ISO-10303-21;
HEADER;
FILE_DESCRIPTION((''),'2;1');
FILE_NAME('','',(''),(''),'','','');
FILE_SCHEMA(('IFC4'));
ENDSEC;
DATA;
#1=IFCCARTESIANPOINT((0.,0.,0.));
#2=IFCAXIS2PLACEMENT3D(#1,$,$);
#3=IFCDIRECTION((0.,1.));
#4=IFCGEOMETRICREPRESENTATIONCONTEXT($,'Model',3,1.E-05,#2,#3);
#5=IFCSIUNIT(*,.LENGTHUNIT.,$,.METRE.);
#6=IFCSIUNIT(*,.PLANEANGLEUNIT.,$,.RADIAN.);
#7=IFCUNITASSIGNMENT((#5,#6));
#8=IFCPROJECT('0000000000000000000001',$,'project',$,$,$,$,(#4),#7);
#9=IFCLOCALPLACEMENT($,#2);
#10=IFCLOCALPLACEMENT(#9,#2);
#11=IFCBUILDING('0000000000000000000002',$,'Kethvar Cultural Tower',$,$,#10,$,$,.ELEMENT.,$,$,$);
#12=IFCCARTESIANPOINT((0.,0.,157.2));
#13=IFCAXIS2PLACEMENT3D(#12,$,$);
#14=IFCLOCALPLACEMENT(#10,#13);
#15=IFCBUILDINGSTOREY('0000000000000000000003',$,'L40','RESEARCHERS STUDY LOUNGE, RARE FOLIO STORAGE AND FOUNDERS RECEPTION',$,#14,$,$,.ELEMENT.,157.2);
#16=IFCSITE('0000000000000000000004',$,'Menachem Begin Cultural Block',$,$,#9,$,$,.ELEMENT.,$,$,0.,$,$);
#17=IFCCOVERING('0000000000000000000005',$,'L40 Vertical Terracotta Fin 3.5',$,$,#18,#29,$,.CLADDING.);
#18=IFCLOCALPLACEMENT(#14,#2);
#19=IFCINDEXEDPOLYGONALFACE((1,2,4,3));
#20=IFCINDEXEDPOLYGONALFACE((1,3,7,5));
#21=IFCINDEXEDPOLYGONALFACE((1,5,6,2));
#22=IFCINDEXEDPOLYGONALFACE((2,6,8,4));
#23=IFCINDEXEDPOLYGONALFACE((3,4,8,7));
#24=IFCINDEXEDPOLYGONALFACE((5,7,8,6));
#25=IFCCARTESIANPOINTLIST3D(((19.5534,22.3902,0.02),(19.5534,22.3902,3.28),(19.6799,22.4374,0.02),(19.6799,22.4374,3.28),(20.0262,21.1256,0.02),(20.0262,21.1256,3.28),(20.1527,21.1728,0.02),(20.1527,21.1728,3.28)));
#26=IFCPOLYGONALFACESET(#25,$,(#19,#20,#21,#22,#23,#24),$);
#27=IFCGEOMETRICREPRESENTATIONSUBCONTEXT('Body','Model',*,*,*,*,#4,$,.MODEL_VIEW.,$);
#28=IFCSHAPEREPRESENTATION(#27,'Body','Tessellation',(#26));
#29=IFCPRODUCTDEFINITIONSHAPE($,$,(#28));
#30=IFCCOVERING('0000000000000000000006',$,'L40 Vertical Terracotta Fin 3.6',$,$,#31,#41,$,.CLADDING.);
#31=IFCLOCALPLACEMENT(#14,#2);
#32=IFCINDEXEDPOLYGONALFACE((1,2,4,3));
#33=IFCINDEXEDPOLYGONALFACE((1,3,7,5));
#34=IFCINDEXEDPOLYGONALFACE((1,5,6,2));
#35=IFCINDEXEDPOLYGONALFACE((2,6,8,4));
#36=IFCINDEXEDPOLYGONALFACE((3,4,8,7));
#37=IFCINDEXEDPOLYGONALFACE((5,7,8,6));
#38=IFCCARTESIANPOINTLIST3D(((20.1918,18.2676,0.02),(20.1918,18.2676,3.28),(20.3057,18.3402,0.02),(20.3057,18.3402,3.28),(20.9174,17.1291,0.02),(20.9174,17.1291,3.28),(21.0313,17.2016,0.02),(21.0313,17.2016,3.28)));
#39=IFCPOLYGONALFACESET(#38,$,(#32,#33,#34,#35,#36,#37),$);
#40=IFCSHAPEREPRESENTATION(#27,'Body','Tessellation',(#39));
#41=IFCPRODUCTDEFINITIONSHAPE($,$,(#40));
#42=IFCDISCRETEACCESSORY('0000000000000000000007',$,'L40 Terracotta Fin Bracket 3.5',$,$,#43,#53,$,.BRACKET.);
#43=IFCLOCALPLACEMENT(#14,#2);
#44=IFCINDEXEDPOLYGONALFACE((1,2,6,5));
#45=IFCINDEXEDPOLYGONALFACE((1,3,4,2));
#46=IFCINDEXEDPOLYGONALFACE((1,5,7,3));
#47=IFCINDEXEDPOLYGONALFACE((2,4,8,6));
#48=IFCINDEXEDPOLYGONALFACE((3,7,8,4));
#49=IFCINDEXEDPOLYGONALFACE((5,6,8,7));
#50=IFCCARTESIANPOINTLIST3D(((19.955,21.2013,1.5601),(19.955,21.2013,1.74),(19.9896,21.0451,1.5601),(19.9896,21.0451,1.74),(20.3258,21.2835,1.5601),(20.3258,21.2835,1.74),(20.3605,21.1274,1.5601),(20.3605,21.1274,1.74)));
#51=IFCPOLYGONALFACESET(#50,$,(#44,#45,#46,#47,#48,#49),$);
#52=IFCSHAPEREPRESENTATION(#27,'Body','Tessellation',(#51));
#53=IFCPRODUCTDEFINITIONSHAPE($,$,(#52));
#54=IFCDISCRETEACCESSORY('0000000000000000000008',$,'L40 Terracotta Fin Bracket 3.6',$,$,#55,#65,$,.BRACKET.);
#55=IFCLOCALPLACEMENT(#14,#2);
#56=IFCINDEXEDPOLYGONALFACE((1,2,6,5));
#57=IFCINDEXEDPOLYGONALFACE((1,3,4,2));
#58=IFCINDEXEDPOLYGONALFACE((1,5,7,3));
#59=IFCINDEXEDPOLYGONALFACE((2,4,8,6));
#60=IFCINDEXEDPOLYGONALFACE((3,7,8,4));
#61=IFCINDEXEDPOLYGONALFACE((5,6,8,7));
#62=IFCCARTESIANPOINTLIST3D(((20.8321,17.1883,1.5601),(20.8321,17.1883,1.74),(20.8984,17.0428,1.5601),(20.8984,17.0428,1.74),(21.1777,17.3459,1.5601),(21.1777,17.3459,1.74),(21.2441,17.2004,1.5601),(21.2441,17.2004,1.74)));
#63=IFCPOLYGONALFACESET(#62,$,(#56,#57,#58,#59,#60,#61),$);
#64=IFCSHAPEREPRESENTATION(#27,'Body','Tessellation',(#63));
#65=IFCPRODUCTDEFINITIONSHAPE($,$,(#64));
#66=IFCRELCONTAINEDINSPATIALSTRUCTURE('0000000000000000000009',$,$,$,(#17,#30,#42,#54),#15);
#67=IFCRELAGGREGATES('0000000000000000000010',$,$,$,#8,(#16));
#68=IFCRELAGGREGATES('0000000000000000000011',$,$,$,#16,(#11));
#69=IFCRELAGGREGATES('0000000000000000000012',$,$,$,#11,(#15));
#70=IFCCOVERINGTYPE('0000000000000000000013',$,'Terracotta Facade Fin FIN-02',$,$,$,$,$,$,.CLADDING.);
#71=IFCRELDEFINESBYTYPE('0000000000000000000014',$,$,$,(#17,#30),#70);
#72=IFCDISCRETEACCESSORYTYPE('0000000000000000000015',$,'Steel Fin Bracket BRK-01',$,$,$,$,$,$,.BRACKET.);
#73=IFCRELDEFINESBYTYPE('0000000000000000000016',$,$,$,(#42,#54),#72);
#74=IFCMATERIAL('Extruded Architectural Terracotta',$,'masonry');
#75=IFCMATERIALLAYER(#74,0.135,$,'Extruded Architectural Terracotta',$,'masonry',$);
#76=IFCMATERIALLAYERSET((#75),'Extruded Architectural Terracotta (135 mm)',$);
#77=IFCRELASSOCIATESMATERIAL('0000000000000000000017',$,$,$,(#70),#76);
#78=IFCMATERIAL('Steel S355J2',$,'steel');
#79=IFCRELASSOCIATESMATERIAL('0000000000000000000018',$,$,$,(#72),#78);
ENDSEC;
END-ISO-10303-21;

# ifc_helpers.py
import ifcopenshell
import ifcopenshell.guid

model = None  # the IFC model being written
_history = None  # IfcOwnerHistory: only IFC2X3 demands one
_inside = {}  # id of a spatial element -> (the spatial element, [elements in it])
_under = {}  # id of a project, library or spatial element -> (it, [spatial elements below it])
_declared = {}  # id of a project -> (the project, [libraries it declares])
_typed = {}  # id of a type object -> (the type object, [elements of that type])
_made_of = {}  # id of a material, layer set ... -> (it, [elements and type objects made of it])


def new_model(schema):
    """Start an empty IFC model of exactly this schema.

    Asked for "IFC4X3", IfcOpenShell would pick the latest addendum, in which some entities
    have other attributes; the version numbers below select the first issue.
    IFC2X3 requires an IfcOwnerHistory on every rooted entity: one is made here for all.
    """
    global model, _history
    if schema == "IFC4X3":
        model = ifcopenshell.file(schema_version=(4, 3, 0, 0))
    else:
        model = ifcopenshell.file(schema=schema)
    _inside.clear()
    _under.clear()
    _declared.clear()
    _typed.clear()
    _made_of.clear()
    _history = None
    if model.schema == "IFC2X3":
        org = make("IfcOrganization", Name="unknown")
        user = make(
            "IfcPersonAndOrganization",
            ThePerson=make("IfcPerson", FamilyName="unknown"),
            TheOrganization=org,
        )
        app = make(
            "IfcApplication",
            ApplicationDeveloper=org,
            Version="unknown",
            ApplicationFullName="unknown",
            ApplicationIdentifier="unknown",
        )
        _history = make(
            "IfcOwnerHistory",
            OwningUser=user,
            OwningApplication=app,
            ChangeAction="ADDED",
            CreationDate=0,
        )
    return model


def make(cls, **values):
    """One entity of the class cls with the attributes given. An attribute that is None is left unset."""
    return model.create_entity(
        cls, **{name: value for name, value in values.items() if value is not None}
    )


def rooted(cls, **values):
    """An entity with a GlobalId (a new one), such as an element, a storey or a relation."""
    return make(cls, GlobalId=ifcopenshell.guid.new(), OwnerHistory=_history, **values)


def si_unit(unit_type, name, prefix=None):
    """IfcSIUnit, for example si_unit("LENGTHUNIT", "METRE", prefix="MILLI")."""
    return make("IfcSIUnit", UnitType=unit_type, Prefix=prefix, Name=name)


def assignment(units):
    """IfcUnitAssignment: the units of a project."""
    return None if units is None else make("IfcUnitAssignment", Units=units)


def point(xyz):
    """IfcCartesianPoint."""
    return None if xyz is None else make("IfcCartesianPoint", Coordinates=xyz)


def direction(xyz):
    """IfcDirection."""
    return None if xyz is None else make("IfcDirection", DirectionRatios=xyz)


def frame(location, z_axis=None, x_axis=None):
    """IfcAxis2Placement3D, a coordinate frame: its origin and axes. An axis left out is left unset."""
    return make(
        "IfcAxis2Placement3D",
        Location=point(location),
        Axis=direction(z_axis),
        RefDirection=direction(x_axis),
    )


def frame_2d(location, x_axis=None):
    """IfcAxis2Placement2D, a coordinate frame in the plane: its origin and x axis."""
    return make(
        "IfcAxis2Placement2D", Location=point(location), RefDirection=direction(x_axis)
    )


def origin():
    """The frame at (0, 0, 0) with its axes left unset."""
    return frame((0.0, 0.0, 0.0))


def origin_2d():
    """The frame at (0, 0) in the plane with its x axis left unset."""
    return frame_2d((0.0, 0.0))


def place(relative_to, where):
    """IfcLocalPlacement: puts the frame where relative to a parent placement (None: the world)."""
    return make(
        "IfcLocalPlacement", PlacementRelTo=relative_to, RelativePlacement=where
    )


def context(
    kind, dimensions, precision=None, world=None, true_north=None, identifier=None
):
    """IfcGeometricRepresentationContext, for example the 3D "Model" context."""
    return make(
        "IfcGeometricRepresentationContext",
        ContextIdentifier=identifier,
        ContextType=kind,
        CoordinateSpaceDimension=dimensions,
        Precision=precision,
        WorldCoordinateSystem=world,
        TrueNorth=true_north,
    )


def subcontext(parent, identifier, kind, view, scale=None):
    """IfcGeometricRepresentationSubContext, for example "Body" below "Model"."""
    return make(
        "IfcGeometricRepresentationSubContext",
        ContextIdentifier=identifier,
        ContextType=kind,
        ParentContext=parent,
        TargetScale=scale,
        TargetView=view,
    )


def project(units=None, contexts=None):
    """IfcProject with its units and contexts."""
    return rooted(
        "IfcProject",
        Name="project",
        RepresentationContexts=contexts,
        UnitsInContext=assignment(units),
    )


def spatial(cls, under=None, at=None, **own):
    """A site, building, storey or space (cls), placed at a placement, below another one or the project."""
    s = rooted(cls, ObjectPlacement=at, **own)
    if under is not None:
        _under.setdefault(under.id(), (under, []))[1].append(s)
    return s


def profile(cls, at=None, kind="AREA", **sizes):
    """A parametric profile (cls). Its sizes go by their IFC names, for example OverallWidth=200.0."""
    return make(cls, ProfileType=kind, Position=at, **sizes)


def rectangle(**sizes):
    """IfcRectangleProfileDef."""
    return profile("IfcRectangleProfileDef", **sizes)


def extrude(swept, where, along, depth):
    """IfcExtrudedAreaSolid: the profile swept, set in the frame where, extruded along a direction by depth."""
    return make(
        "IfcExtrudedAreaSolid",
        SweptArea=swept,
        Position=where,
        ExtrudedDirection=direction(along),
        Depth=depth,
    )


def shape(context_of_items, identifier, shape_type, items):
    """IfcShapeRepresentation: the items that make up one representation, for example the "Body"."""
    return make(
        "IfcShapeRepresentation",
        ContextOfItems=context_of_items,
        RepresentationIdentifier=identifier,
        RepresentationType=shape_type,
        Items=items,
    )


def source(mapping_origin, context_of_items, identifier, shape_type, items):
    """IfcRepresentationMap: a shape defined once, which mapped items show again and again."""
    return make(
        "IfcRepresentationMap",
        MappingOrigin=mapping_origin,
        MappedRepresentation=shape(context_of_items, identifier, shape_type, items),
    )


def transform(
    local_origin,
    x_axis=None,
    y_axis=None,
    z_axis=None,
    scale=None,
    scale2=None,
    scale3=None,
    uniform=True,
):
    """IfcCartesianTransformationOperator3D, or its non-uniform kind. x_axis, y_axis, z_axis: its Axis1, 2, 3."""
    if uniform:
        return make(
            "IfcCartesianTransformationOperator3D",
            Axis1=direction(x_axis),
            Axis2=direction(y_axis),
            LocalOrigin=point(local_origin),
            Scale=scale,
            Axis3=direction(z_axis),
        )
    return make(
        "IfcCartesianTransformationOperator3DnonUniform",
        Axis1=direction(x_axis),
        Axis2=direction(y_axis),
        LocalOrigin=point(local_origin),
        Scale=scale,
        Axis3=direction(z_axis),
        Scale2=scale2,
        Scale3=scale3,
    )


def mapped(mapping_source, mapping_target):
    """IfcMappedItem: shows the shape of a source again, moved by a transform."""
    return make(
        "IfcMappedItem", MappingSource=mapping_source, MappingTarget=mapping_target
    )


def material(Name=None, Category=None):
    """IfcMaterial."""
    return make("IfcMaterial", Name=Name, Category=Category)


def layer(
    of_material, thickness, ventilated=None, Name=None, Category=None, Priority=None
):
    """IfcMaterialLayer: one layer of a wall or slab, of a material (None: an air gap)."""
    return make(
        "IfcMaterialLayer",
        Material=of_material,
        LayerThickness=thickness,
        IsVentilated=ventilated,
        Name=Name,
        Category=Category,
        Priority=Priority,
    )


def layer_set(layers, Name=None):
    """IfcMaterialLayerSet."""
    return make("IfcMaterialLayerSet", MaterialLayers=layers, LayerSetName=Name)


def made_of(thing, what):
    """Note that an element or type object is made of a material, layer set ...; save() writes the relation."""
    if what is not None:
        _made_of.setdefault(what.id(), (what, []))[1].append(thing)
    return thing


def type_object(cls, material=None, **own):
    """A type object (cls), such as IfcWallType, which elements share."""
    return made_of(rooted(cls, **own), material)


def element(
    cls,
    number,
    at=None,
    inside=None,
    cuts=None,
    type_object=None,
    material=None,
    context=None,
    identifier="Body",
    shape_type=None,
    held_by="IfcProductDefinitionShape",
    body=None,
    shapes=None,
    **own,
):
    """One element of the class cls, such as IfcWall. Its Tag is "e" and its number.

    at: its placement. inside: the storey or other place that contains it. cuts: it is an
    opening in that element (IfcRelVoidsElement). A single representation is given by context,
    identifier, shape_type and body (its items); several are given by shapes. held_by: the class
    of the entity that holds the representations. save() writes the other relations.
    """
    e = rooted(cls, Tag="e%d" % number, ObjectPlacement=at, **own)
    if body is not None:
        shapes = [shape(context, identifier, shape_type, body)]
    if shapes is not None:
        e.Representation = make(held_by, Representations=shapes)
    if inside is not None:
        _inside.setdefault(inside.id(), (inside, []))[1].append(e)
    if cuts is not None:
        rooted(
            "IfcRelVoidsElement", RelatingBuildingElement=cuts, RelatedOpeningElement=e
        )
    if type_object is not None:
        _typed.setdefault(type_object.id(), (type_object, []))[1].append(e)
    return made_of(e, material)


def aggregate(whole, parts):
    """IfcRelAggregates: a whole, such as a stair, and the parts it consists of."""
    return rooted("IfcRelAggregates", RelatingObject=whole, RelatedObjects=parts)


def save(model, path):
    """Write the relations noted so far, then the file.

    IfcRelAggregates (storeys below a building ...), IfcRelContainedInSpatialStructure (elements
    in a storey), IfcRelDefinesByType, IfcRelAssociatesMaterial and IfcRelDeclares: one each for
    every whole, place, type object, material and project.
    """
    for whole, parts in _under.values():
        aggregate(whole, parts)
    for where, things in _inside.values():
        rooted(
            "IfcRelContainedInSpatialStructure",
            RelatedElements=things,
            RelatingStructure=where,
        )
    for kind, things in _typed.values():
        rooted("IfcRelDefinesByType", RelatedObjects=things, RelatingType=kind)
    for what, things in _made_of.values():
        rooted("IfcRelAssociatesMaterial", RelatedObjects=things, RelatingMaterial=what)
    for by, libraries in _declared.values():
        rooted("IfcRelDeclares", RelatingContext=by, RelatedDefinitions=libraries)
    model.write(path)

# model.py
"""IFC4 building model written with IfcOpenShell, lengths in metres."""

from ifc_helpers import new_model, si_unit, direction, frame, origin, origin_2d, place, context, subcontext, project, spatial, rectangle, extrude, source, transform, mapped, material, layer, layer_set, type_object, element, save


model = new_model("IFC4")

# Units and contexts
model_context = context("Model", 3, precision=1e-05, world=origin(), true_north=direction((0.0, 1.0)))
body_context = subcontext(model_context, "Body", "Model", "MODEL_VIEW")
ifc_project = project(units=[si_unit("LENGTHUNIT", "METRE"), si_unit("PLANEANGLEUNIT", "RADIAN")], contexts=[model_context])

# Site, building, storey
site_placement = place(None, origin())
site = spatial("IfcSite", under=ifc_project, at=site_placement, Name="Menachem Begin Cultural Block", CompositionType="ELEMENT", RefElevation=0.0)
building_placement = place(site_placement, origin())
building = spatial("IfcBuilding", under=site, at=building_placement, Name="Kethvar Cultural Tower", CompositionType="ELEMENT")
storey_placement = place(building_placement, frame((0.0, 0.0, 157.2)))
storey = spatial("IfcBuildingStorey", under=building, at=storey_placement, Name="L40", Description="RESEARCHERS STUDY LOUNGE, RARE FOLIO STORAGE AND FOUNDERS RECEPTION", CompositionType="ELEMENT", Elevation=157.2)

# Shared definitions
ifc_material_1 = material(Name="Steel S355J2", Category="steel")

# Coverings
ifc_material_2 = material(Name="Extruded Architectural Terracotta", Category="masonry")
ifc_layer_1 = layer(ifc_material_2, 0.135, Name="Extruded Architectural Terracotta", Category="masonry")
ifc_layer_set_1 = layer_set([ifc_layer_1], Name="Extruded Architectural Terracotta (135 mm)")
covering_type_1 = type_object("IfcCoveringType", Name="Terracotta Facade Fin FIN-02", PredefinedType="CLADDING", material=ifc_layer_set_1)
shared_shape_1 = source(origin(), body_context, "Body", "SweptSolid", [
    extrude(rectangle(XDim=1.3501, YDim=0.135, at=origin_2d()), origin(), (0.0, 0.0, 1.0), 3.26),
])
for number, where, z_axis, x_axis, name in (
    (1, (19.853, 21.7815, 0.02), (0.0, 0.0, 1.0), (-0.350207, 0.936672, 0.0), "L40 Vertical Terracotta Fin 3.5"),
    (2, (20.6116, 17.7346, 0.02), (0.0, 0.0, 1.0), (-0.537447, 0.843298, 0.0), "L40 Vertical Terracotta Fin 3.6"),
):
    element("IfcCovering", number, at=place(storey_placement, frame(where, z_axis=z_axis, x_axis=x_axis)), inside=storey, type_object=covering_type_1, Name=name, PredefinedType="CLADDING", context=body_context, shape_type="MappedRepresentation", body=[
        mapped(shared_shape_1, transform((0.0, 0.0, 0.0), scale=1.0)),
    ])

# Discrete accessories
discrete_accessory_type = type_object("IfcDiscreteAccessoryType", Name="Steel Fin Bracket BRK-01", PredefinedType="BRACKET", material=ifc_material_1)
shared_shape_2 = source(origin(), body_context, "Body", "SweptSolid", [
    extrude(rectangle(XDim=0.3799, YDim=0.1599, at=origin_2d()), origin(), (0.0, 0.0, 1.0), 0.1799),
])
for number, where, z_axis, x_axis, name in (
    (3, (20.1577, 21.1643, 1.5601), (0.0, 0.0, 1.0), (-0.976296, -0.21644, 0.0), "L40 Terracotta Fin Bracket 3.5"),
    (4, (21.0381, 17.1943, 1.5601), (0.0, 0.0, 1.0), (-0.909889, -0.414852, 0.0), "L40 Terracotta Fin Bracket 3.6"),
):
    element("IfcDiscreteAccessory", number, at=place(storey_placement, frame(where, z_axis=z_axis, x_axis=x_axis)), inside=storey, type_object=discrete_accessory_type, Name=name, PredefinedType="BRACKET", context=body_context, shape_type="MappedRepresentation", body=[
        mapped(shared_shape_2, transform((0.0, 0.0, 0.0), scale=1.0)),
    ])

save(model, "model.ifc")
